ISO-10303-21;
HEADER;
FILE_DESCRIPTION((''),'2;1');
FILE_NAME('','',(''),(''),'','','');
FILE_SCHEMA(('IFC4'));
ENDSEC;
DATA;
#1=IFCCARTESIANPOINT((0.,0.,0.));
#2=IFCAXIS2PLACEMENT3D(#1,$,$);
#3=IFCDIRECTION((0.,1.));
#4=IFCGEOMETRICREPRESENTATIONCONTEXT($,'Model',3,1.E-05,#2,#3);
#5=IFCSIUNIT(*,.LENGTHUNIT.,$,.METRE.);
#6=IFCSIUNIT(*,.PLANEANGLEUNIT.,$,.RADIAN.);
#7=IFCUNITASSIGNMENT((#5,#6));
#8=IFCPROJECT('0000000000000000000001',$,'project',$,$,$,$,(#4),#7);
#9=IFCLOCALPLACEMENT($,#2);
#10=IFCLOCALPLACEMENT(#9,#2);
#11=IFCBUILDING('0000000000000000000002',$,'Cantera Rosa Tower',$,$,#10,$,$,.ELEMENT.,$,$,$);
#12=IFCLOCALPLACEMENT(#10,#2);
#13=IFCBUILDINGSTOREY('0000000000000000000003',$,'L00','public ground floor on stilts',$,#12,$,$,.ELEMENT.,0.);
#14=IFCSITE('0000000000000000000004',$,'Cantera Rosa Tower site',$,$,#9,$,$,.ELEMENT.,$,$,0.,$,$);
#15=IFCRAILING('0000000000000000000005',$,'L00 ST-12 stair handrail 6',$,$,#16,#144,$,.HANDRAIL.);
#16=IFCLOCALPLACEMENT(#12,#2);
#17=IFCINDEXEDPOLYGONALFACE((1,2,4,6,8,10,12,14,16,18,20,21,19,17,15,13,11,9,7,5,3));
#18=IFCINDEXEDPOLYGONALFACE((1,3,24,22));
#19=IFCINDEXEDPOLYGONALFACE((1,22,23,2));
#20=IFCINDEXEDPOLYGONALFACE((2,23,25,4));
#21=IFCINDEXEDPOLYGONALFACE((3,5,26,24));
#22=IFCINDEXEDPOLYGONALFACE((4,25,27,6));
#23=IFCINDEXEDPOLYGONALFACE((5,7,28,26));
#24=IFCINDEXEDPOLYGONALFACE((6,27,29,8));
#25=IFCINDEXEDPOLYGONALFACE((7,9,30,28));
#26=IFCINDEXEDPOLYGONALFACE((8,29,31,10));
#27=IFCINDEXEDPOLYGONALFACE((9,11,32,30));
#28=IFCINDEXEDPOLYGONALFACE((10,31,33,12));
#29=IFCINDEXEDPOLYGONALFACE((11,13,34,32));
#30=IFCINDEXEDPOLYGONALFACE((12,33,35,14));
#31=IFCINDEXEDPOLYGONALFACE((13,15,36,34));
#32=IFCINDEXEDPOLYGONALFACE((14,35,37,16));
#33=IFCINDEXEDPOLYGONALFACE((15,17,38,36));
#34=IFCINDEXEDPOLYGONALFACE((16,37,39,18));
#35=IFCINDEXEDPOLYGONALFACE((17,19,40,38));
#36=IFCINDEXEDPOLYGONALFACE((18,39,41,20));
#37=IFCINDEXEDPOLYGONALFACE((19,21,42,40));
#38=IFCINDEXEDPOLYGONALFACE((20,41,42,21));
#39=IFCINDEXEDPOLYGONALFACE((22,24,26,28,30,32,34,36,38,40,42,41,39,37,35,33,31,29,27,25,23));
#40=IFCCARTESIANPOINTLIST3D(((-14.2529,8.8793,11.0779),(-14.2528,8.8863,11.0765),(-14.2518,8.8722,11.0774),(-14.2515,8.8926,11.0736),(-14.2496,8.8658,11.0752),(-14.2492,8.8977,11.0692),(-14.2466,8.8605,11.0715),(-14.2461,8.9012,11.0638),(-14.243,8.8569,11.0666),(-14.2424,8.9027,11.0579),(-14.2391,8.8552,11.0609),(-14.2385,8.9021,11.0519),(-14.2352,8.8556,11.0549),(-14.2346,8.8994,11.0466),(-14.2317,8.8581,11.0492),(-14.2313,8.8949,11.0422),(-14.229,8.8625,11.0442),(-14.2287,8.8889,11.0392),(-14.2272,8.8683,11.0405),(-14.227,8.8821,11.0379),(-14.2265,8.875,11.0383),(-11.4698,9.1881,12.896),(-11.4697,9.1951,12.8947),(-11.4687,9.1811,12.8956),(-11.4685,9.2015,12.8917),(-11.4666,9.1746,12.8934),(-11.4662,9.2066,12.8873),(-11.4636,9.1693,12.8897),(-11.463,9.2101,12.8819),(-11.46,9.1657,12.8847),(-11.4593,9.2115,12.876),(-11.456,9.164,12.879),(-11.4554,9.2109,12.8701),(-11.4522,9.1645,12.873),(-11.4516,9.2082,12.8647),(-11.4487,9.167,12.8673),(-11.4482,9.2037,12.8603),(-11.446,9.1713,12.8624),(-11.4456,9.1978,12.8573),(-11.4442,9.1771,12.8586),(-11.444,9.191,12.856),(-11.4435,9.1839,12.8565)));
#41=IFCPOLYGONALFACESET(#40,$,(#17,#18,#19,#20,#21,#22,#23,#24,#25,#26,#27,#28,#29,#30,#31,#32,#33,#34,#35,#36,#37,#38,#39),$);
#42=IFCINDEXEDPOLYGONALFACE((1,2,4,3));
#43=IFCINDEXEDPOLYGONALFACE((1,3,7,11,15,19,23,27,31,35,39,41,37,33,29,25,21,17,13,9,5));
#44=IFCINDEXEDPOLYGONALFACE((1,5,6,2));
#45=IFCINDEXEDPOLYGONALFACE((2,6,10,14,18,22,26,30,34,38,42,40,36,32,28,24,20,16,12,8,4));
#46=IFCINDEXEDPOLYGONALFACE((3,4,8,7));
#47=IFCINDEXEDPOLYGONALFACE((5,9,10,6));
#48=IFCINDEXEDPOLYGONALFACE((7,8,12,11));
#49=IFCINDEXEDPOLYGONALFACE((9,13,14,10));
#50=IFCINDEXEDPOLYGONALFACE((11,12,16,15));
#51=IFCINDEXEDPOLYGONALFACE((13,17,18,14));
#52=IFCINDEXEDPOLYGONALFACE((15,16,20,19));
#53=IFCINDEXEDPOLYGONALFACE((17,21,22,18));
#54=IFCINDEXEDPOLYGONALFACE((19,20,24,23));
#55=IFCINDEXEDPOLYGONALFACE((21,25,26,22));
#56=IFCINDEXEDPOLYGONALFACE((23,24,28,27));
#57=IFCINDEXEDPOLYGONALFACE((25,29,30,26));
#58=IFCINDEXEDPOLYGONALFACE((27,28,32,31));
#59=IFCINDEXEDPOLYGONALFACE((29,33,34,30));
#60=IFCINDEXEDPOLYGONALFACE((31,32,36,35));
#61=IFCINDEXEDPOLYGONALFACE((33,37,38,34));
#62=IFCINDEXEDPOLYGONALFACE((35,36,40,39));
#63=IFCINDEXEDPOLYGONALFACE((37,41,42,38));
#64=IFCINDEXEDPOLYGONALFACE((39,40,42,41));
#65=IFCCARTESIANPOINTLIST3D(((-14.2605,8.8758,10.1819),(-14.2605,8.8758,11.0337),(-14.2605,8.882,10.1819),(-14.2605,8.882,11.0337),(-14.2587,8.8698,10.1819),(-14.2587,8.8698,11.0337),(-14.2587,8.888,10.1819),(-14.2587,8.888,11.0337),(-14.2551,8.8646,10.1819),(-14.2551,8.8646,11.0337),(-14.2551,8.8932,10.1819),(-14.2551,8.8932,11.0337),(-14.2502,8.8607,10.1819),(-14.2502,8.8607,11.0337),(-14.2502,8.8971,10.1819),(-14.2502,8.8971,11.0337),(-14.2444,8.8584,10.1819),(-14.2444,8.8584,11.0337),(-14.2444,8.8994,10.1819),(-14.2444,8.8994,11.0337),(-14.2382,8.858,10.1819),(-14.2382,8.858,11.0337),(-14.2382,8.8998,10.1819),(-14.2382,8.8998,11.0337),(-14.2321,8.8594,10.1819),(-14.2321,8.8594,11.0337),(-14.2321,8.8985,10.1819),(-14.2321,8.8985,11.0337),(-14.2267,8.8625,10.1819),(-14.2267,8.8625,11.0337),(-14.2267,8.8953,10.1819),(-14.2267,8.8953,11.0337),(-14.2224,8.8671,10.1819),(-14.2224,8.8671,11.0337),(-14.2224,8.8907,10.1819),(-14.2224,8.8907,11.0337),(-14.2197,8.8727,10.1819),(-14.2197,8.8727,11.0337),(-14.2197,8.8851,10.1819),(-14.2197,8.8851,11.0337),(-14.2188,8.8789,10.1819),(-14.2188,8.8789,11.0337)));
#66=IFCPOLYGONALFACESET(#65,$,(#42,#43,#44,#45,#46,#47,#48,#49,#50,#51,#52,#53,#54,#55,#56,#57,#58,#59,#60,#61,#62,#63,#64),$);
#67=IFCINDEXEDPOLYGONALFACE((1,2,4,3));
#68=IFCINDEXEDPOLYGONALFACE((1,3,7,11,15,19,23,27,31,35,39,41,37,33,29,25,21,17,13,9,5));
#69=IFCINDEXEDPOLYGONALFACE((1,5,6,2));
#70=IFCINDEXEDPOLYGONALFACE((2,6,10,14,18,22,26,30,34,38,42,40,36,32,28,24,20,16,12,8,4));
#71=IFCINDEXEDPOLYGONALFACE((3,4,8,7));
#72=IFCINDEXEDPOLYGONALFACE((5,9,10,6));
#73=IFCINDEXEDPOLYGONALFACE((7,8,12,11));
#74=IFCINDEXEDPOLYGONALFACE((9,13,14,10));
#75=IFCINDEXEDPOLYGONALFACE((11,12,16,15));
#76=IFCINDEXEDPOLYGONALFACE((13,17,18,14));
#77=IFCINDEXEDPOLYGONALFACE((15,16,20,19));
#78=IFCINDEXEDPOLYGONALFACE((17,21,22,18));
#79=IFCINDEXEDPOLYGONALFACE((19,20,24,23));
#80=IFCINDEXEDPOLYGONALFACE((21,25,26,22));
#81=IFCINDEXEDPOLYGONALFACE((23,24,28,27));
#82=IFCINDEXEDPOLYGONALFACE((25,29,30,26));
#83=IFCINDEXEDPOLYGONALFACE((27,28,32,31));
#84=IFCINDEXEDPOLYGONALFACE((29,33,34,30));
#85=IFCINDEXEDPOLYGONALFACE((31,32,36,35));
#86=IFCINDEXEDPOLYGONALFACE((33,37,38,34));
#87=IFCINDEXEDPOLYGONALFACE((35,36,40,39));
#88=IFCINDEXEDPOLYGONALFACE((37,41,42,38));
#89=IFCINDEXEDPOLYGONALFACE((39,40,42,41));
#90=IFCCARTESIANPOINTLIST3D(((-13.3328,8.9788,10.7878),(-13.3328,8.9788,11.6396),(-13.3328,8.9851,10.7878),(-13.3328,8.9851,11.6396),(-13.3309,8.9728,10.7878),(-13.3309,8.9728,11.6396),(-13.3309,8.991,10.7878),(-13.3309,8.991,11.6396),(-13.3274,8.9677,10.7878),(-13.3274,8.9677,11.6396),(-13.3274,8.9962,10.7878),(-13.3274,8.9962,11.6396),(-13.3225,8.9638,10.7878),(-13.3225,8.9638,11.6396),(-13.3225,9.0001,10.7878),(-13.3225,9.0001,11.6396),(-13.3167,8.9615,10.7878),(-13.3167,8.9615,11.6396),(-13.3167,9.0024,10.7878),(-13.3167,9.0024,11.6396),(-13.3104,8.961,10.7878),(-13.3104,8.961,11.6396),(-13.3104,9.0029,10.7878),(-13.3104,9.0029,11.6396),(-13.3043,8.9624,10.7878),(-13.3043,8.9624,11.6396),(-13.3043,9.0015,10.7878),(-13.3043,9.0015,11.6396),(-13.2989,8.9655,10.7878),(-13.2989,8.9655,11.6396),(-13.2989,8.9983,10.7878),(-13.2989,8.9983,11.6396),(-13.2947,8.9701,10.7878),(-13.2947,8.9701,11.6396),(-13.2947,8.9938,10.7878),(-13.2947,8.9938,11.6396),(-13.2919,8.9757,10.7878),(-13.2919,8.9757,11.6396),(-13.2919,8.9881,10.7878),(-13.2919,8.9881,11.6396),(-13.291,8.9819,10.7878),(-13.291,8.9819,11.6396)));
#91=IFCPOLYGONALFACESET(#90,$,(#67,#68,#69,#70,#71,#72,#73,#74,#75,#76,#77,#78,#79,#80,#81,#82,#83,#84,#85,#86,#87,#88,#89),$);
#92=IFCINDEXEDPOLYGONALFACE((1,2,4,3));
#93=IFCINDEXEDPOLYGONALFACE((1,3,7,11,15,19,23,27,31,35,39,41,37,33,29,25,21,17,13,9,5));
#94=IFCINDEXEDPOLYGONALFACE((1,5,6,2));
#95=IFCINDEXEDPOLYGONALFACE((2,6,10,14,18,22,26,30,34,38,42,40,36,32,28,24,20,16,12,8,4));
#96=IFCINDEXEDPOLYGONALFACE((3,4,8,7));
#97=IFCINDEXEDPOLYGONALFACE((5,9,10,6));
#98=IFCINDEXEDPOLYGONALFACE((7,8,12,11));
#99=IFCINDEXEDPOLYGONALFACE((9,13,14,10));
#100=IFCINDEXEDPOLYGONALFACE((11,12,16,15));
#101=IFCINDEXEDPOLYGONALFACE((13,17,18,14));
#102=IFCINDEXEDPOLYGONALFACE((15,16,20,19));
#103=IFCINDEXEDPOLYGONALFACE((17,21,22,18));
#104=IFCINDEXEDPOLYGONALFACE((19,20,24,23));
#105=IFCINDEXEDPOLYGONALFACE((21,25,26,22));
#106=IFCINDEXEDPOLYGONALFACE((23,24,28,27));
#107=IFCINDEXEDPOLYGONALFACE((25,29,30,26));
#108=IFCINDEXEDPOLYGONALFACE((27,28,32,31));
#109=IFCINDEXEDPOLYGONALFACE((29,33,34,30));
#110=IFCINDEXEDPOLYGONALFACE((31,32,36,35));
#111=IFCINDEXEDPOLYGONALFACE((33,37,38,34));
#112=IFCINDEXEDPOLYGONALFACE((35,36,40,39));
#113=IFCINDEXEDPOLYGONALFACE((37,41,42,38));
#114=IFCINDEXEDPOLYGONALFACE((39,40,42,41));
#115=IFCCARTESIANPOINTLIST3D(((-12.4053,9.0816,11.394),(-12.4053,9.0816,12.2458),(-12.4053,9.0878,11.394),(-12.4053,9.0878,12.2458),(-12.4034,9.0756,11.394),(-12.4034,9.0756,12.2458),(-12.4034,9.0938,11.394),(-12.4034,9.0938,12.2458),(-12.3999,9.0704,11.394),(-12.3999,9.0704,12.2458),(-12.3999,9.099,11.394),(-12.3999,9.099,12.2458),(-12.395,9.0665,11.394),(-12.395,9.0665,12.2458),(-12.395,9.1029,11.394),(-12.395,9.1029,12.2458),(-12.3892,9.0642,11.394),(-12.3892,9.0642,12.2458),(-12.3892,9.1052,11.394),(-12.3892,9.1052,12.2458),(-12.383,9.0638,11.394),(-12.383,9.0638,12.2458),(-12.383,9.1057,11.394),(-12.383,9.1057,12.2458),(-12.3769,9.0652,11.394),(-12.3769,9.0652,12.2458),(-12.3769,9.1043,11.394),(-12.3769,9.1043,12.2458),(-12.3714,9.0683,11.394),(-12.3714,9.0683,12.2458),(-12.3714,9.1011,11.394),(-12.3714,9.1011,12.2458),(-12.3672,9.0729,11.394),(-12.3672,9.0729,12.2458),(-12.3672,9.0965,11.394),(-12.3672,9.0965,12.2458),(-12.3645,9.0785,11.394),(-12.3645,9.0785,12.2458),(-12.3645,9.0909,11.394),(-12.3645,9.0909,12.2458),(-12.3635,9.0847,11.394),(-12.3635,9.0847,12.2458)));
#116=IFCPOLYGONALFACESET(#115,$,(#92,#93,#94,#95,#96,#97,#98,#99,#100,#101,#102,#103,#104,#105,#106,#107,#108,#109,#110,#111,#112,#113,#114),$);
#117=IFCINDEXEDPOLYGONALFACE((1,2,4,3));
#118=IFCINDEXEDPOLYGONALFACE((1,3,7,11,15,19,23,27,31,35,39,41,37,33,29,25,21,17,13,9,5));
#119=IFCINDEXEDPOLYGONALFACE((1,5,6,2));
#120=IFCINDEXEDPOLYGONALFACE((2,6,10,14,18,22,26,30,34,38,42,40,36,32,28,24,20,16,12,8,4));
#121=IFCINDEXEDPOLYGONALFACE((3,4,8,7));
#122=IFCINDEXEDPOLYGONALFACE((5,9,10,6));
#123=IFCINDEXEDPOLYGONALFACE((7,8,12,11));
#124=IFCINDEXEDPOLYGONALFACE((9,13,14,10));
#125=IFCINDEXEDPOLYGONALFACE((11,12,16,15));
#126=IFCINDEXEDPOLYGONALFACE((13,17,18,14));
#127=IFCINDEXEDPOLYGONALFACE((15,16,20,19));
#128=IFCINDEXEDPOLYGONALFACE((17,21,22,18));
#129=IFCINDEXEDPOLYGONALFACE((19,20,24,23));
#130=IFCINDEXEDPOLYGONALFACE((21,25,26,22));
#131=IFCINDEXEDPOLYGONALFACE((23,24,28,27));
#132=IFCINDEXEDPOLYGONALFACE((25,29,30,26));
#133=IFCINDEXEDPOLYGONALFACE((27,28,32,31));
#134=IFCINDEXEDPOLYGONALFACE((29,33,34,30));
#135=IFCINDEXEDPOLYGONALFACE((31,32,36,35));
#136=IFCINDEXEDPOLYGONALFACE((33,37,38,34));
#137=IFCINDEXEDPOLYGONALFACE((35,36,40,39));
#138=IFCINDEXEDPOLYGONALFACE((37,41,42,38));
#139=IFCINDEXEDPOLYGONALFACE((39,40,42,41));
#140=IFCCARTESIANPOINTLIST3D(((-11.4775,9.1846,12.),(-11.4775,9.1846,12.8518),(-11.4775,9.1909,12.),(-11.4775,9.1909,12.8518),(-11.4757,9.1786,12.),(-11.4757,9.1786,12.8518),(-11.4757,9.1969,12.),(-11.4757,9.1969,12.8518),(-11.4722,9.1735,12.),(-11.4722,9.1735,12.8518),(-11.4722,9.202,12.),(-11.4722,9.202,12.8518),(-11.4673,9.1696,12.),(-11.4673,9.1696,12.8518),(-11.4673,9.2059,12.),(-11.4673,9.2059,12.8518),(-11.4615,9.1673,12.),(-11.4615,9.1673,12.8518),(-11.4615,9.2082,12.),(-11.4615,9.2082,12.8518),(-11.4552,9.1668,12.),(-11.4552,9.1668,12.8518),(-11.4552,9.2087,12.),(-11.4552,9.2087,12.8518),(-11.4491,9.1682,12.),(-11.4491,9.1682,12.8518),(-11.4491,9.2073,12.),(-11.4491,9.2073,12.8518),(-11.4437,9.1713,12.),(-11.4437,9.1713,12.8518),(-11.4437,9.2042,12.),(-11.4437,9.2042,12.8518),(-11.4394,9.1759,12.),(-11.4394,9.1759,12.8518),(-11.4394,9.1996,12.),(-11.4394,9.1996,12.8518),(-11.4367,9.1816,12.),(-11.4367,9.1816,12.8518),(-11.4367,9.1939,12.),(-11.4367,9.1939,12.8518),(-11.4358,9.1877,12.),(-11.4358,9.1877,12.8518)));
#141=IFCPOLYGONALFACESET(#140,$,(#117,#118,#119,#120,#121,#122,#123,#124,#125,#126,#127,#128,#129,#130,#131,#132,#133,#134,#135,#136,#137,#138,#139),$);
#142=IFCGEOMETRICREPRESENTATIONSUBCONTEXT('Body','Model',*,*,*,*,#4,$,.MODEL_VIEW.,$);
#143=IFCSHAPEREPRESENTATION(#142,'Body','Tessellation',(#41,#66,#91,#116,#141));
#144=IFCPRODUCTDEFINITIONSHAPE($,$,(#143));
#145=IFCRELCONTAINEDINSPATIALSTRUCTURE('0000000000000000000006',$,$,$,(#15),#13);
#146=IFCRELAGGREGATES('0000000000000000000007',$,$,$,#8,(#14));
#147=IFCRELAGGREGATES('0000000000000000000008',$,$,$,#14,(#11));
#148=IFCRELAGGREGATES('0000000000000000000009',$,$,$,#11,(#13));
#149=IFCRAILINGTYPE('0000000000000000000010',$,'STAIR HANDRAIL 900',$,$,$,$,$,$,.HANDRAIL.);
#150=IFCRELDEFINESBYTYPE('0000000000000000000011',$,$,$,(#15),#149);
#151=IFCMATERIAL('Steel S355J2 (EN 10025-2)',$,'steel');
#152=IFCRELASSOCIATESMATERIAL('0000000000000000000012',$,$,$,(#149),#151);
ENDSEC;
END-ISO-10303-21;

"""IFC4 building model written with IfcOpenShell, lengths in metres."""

from ifc_helpers import new_model, si_unit, direction, frame, origin, origin_2d, place, context, subcontext, project, spatial, circle, extrude, material, type_object, element, save


model = new_model("IFC4")

# Units and contexts
model_context = context("Model", 3, precision=1e-05, world=origin(), true_north=direction((0.0, 1.0)))
body_context = subcontext(model_context, "Body", "Model", "MODEL_VIEW")
ifc_project = project(units=[si_unit("LENGTHUNIT", "METRE"), si_unit("PLANEANGLEUNIT", "RADIAN")], contexts=[model_context])

# Site, building, storey
site_placement = place(None, origin())
site = spatial("IfcSite", under=ifc_project, at=site_placement, Name="Cantera Rosa Tower site", CompositionType="ELEMENT", RefElevation=0.0)
building_placement = place(site_placement, origin())
building = spatial("IfcBuilding", under=site, at=building_placement, Name="Cantera Rosa Tower", CompositionType="ELEMENT")
storey_placement = place(building_placement, origin())
storey = spatial("IfcBuildingStorey", under=building, at=storey_placement, Name="L00", Description="public ground floor on stilts", CompositionType="ELEMENT", Elevation=0.0)

# Railing
ifc_material_1 = material(Name="Steel S355J2 (EN 10025-2)", Category="steel")
railing_type_1 = type_object("IfcRailingType", Name="STAIR HANDRAIL 900", PredefinedType="HANDRAIL", material=ifc_material_1)
railing_1_placement = place(storey_placement, frame((-14.2397, 8.8789, 10.1819)))
element("IfcRailing", 1, at=railing_1_placement, inside=storey, type_object=railing_type_1, Name="L00 ST-12 stair handrail 6", PredefinedType="HANDRAIL", context=body_context, shape_type="SweptSolid", body=[
    extrude(circle(Radius=0.0239, at=origin_2d()), frame((0.0, 0.0, 0.876), z_axis=(0.833588, 0.092507, 0.544586), x_axis=(-0.110298, 0.993899, 0.0)), (0.0, 0.0, 1.0), 3.3386),
    extrude(circle(Radius=0.021, at=origin_2d()), origin(), (0.0, 0.0, 1.0), 0.8518),
    extrude(circle(Radius=0.021, at=origin_2d()), frame((0.9277, 0.103, 0.606)), (0.0, 0.0, 1.0), 0.8518),
    extrude(circle(Radius=0.021, at=origin_2d()), frame((1.8552, 0.2058, 1.2122)), (0.0, 0.0, 1.0), 0.8518),
    extrude(circle(Radius=0.021, at=origin_2d()), frame((2.783, 0.3088, 1.8181)), (0.0, 0.0, 1.0), 0.8518),
])

save(model, "model.ifc")
